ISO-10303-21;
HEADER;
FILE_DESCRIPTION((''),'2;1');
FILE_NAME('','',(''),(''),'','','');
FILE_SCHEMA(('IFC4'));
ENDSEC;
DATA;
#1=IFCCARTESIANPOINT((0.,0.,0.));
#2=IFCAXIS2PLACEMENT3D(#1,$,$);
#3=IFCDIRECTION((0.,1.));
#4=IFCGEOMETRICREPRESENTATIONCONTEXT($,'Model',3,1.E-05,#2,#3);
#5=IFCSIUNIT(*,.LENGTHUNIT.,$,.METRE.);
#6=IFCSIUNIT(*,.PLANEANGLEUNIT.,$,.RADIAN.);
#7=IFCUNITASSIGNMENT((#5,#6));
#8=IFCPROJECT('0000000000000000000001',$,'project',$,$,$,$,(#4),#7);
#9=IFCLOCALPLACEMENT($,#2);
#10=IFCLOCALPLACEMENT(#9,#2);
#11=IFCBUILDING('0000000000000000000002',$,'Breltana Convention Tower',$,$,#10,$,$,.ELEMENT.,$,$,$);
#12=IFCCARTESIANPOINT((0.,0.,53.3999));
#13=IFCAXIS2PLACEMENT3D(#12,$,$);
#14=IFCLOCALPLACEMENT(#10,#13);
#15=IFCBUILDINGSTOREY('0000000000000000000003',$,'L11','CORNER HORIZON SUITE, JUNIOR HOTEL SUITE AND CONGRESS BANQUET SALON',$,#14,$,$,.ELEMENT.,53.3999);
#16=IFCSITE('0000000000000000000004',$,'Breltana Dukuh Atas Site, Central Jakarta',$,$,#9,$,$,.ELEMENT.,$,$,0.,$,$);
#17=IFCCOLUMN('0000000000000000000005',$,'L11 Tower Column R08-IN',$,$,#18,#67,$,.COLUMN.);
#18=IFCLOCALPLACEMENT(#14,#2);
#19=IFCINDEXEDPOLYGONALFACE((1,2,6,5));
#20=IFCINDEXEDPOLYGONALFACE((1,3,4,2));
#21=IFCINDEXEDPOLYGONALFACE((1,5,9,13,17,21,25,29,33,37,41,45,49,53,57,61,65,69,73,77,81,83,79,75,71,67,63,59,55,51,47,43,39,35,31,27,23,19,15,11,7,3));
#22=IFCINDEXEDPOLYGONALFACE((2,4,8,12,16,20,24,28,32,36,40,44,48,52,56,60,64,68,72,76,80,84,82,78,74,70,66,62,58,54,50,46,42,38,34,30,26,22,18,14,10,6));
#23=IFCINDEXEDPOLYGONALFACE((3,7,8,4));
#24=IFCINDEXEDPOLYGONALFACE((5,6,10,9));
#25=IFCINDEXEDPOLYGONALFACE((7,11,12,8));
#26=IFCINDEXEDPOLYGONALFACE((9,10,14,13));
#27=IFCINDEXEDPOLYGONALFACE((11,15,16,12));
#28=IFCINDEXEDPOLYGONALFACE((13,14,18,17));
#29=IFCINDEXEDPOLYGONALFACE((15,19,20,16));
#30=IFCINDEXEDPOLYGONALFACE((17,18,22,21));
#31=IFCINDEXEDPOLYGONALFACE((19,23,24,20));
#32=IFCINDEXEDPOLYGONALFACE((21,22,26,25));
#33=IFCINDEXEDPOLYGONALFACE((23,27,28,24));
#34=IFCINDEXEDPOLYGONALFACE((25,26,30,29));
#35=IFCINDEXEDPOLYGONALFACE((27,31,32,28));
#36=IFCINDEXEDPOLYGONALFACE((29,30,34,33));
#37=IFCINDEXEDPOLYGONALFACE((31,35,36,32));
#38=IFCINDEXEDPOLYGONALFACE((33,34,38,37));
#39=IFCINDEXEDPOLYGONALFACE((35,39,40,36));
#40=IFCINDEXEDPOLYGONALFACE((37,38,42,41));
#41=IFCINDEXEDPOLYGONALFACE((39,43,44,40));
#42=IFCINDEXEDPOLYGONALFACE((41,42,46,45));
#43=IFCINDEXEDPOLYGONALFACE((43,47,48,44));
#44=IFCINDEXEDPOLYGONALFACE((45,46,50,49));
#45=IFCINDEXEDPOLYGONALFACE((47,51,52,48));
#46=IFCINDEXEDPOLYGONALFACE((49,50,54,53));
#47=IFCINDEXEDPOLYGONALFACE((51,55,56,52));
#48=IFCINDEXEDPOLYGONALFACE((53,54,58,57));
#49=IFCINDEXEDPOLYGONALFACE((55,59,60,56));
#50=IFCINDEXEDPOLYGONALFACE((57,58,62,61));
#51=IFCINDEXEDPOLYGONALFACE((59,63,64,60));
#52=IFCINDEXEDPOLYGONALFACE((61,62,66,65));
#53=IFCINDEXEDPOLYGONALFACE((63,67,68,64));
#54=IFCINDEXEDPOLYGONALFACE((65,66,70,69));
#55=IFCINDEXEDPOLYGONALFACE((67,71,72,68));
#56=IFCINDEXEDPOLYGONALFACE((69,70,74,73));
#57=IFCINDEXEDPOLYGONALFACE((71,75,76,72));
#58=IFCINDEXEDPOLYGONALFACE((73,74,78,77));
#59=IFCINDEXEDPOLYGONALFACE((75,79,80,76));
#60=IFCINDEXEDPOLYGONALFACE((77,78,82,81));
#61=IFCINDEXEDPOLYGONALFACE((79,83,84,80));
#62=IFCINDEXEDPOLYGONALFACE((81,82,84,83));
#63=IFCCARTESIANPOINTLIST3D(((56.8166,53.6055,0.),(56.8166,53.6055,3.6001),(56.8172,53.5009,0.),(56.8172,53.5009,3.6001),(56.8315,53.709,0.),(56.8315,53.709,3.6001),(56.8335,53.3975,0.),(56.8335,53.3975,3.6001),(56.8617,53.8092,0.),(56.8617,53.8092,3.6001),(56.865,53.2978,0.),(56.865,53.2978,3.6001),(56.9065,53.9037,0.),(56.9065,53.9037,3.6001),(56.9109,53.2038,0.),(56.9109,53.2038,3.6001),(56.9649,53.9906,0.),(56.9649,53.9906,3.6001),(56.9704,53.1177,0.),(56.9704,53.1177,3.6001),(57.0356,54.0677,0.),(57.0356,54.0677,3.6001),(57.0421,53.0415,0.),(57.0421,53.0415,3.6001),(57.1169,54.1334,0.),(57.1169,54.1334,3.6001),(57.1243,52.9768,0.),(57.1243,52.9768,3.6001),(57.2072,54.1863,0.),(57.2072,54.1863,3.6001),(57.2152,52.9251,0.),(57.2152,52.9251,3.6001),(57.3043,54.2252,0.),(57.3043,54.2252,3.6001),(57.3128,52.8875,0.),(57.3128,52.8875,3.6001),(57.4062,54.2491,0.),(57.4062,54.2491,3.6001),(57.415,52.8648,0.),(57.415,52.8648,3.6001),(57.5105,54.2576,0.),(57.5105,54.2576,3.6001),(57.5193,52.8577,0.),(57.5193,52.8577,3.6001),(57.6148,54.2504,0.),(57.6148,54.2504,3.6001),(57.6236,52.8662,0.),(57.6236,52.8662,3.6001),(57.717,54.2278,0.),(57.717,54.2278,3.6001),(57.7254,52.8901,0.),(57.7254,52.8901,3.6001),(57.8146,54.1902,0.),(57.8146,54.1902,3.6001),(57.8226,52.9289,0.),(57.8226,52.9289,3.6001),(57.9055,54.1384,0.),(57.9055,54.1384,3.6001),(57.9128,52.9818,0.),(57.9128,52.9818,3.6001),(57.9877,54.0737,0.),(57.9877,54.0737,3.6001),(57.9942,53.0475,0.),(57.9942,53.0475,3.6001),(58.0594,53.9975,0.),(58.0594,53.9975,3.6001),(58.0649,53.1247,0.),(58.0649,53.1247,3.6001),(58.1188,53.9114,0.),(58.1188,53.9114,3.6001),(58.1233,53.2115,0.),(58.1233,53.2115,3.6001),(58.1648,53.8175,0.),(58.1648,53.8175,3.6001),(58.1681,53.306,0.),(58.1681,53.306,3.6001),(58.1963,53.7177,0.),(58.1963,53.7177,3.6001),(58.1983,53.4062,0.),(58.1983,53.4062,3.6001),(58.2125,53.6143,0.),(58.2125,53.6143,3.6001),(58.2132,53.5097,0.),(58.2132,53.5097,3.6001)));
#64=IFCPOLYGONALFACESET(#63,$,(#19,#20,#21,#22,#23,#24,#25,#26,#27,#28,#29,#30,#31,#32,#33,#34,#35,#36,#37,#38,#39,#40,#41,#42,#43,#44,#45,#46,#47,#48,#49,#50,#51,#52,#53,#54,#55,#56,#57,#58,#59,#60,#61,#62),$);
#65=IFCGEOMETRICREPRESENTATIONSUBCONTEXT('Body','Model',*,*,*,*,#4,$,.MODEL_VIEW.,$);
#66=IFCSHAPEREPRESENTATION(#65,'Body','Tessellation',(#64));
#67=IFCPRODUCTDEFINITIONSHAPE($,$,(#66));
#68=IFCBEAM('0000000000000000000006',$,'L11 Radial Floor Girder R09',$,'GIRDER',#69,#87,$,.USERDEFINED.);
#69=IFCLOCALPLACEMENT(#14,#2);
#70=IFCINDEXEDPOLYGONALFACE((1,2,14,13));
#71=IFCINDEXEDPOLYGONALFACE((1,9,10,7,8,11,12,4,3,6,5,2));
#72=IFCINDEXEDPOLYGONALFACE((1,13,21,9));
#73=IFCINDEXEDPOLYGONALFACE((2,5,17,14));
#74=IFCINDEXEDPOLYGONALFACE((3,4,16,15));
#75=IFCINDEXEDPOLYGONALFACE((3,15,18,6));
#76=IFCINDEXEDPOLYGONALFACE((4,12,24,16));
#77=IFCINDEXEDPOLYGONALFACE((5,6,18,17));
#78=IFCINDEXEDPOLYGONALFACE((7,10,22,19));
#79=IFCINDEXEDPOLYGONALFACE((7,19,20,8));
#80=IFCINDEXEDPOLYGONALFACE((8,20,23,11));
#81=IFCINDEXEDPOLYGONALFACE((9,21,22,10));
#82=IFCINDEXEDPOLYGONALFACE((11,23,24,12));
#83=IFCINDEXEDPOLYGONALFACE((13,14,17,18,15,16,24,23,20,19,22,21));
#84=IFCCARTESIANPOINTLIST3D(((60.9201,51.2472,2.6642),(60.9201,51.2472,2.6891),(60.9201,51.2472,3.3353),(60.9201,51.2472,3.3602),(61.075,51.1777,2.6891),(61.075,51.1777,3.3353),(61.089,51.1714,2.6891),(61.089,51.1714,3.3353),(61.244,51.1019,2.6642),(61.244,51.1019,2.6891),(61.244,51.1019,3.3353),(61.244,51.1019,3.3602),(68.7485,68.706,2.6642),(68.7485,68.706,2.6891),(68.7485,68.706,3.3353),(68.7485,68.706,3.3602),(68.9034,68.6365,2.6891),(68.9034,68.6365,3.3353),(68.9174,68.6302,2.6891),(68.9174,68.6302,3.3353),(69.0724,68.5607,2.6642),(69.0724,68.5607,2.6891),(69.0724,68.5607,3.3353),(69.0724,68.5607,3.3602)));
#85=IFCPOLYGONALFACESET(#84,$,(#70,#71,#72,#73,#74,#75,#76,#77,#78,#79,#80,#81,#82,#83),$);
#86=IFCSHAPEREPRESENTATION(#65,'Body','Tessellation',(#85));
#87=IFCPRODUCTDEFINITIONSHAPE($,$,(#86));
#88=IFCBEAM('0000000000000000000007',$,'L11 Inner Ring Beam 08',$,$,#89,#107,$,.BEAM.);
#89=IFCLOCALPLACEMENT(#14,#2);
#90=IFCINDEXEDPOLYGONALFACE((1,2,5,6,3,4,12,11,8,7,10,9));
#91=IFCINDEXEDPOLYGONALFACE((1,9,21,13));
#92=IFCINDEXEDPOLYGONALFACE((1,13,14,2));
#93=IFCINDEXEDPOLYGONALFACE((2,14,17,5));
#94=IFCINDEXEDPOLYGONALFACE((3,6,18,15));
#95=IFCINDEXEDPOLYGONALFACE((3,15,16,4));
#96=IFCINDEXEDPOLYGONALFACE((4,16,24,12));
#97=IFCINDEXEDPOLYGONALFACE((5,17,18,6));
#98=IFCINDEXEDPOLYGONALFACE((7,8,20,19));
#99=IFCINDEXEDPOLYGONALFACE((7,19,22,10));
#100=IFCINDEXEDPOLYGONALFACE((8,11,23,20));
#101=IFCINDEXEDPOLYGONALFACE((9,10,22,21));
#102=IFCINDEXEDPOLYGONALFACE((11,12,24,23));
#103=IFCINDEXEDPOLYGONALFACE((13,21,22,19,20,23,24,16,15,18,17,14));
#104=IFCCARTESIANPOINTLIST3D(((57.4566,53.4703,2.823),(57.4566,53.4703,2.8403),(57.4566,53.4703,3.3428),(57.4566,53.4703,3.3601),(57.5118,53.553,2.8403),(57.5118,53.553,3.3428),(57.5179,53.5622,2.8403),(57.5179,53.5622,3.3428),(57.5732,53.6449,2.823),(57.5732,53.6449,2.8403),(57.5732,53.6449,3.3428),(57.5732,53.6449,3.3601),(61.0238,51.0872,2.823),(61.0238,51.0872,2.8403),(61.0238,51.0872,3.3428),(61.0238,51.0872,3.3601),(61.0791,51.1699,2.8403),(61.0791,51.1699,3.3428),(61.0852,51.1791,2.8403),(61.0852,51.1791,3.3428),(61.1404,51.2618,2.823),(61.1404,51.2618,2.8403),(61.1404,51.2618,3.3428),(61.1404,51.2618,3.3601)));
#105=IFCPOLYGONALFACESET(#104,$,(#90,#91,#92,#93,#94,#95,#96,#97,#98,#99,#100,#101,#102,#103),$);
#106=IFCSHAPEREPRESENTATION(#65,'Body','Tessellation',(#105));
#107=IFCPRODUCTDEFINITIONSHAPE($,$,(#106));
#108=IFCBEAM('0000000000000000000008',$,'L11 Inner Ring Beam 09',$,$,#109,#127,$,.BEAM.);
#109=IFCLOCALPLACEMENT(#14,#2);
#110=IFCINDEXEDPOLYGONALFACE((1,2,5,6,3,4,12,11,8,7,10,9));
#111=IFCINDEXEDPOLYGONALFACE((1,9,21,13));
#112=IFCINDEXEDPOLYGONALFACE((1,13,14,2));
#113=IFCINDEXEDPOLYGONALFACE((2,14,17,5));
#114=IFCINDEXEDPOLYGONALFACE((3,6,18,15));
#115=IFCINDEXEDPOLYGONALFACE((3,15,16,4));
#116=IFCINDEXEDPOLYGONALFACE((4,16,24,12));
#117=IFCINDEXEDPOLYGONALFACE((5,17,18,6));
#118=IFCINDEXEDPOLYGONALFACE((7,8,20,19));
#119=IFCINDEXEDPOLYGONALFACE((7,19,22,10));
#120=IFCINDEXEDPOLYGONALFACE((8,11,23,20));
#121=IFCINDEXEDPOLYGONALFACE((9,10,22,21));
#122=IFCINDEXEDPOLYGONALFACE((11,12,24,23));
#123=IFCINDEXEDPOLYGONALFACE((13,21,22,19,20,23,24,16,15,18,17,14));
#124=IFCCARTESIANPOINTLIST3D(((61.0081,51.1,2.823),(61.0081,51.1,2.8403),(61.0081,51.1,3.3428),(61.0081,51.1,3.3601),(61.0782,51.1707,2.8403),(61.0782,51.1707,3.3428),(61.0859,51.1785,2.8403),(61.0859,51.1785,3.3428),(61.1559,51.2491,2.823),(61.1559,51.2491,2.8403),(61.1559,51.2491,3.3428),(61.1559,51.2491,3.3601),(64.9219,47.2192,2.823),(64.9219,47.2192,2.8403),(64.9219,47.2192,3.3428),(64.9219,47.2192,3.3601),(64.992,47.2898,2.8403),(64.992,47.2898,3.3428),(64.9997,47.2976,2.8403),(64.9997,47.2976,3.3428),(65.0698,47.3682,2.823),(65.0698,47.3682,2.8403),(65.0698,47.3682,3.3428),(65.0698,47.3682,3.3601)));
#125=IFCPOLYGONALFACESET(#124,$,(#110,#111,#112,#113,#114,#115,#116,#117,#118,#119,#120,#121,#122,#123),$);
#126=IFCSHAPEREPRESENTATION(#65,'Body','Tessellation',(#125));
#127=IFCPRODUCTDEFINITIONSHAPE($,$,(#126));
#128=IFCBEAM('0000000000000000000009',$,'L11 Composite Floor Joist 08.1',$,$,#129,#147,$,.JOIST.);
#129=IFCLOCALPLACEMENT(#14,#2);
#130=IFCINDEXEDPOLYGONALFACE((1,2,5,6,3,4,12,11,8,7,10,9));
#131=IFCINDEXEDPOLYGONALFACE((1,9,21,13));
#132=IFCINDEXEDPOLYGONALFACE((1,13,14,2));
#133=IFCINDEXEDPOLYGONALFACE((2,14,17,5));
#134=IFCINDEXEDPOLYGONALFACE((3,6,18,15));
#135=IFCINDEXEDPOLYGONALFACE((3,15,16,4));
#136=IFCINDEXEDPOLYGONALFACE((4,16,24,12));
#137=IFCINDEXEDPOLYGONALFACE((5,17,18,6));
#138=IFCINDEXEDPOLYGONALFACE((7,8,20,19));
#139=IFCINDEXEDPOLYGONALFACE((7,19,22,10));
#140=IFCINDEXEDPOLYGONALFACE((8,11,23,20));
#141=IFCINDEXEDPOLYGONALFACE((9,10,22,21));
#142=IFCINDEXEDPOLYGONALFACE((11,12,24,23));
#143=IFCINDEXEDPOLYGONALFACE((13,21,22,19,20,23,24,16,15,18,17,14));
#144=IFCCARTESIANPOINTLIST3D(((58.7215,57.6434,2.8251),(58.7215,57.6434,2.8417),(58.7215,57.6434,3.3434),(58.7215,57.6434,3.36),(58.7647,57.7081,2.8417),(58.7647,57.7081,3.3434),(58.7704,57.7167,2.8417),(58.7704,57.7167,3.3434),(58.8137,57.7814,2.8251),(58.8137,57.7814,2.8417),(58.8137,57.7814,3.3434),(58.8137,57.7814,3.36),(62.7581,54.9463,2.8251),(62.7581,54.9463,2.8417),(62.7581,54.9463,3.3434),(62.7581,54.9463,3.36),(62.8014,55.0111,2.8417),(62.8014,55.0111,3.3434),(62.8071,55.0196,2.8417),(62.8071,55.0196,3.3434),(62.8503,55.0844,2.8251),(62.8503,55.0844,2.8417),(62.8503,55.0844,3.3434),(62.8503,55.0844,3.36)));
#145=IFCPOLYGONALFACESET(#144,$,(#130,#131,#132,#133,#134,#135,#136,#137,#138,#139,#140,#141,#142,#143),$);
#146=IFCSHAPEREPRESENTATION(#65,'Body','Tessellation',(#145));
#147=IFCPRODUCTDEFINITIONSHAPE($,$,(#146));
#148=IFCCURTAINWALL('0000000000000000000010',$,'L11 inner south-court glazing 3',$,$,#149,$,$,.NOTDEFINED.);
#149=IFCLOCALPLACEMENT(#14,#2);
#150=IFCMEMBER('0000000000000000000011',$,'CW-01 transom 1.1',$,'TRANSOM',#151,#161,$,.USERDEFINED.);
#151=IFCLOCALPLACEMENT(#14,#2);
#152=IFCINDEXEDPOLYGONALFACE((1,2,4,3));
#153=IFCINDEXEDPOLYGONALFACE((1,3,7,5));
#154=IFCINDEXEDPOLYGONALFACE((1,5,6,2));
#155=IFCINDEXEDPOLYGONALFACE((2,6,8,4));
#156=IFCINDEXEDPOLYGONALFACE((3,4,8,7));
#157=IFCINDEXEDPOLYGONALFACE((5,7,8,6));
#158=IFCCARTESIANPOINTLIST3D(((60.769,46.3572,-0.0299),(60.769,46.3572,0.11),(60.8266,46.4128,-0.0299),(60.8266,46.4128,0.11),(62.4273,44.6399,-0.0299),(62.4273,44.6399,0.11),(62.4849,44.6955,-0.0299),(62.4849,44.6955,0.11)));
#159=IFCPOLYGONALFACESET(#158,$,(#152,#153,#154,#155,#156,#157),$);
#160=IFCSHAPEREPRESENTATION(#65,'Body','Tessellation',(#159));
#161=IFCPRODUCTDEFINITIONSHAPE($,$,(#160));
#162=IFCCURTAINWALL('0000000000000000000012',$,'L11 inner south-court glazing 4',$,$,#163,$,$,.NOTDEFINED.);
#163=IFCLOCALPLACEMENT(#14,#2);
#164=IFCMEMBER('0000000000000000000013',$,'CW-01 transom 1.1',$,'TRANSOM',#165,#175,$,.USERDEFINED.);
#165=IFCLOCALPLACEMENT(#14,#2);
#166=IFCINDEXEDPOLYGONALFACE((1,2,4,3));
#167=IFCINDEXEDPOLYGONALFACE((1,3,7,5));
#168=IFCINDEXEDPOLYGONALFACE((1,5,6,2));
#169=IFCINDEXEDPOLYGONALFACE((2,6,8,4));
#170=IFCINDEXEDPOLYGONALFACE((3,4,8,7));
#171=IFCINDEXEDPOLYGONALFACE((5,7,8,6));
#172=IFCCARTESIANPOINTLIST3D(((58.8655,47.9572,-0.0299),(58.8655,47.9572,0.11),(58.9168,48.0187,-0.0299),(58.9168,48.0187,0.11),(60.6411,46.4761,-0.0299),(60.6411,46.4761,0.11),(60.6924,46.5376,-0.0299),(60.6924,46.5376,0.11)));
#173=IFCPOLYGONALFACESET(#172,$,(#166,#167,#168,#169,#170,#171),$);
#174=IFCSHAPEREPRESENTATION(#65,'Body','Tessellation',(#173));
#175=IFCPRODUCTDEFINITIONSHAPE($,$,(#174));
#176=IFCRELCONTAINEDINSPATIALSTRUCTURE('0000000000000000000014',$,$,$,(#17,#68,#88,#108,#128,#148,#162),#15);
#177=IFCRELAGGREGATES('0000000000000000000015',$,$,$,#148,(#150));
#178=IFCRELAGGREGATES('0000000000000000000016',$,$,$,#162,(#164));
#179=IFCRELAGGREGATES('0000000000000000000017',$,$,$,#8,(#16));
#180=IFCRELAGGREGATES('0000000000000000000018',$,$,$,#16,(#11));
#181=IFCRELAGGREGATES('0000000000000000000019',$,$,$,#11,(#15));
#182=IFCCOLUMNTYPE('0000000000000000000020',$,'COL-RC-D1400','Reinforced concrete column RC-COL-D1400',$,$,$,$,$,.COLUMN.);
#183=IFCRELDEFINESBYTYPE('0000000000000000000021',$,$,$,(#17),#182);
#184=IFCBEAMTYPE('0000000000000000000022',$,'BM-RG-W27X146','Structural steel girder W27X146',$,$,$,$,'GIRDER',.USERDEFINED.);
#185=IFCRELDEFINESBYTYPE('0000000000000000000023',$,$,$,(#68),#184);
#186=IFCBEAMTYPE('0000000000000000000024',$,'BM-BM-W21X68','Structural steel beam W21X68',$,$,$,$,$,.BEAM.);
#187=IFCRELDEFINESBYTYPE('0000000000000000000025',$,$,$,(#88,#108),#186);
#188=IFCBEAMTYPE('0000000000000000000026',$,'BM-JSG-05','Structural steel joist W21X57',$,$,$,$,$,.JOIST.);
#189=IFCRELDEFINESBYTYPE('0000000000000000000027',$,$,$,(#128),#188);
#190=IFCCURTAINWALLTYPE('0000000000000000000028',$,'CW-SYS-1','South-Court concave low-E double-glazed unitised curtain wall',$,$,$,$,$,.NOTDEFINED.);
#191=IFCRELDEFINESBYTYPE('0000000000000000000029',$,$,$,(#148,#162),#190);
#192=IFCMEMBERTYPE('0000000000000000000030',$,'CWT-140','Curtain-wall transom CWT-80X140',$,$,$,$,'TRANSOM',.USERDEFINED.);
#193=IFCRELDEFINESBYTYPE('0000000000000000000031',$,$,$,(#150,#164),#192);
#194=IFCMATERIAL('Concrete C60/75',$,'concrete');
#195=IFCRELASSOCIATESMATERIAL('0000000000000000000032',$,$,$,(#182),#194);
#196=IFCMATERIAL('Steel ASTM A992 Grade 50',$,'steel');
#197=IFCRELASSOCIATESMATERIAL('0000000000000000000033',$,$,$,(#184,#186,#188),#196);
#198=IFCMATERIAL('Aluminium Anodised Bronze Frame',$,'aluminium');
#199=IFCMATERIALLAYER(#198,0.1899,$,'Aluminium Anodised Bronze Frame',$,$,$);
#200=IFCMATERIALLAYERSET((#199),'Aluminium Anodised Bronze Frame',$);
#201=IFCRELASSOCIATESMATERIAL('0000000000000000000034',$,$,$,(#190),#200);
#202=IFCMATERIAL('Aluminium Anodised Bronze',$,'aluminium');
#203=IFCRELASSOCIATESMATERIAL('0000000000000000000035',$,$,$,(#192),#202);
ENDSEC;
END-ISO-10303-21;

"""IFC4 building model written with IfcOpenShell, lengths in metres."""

from ifc_helpers import new_model, si_unit, direction, frame, origin, origin_2d, place, context, subcontext, project, spatial, rectangle, circle, i_section, extrude, source, transform, mapped, material, layer, layer_set, material_profile, profile_set, type_object, type_shapes, element, aggregate, save


model = new_model("IFC4")

# Units and contexts
model_context = context("Model", 3, precision=1e-05, world=origin(), true_north=direction((0.0, 1.0)))
body_context = subcontext(model_context, "Body", "Model", "MODEL_VIEW")
ifc_project = project(units=[si_unit("LENGTHUNIT", "METRE"), si_unit("PLANEANGLEUNIT", "RADIAN")], contexts=[model_context])

# Site, building, storey
site_placement = place(None, origin())
site = spatial("IfcSite", under=ifc_project, at=site_placement, Name="Breltana Dukuh Atas Site, Central Jakarta", CompositionType="ELEMENT", RefElevation=0.0)
building_placement = place(site_placement, origin())
building = spatial("IfcBuilding", under=site, at=building_placement, Name="Breltana Convention Tower", CompositionType="ELEMENT")
storey_placement = place(building_placement, frame((0.0, 0.0, 53.3999)))
storey = spatial("IfcBuildingStorey", under=building, at=storey_placement, Name="L11", Description="CORNER HORIZON SUITE, JUNIOR HOTEL SUITE AND CONGRESS BANQUET SALON", CompositionType="ELEMENT", Elevation=53.3999)

# Column
ifc_material_1 = material(Name="Concrete C60/75", Category="concrete")
ifc_material_profile_1 = material_profile(ifc_material_1, circle(Radius=0.7, at=origin_2d()), Name="RC-COL-D1400")
ifc_profile_set_1 = profile_set([ifc_material_profile_1], Name="Concrete C60/75")
column_type = type_object("IfcColumnType", Name="COL-RC-D1400", Description="Reinforced concrete column RC-COL-D1400", PredefinedType="COLUMN", material=ifc_profile_set_1)
shared_shape_1 = source(origin(), body_context, "Body", "SweptSolid", [
    extrude(circle(Radius=0.7, at=origin_2d()), origin(), (0.0, 0.0, 1.0), 3.6001),
])
for number, where, z_axis, x_axis, name in (
    (1, (57.5149, 53.5576, 0.0), (0.0, 0.0, 1.0), (0.288698, 0.95742, 0.0), "L11 Tower Column R08-IN"),
):
    element("IfcColumn", number, at=place(storey_placement, frame(where, z_axis=z_axis, x_axis=x_axis)), inside=storey, type_object=column_type, Name=name, PredefinedType="COLUMN", context=body_context, shape_type="MappedRepresentation", body=[
        mapped(shared_shape_1, transform((0.0, 0.0, 0.0), scale=1.0)),
    ])

# Beams
ifc_material_2 = material(Name="Steel ASTM A992 Grade 50", Category="steel")
ifc_material_profile_2 = material_profile(ifc_material_2, i_section(OverallWidth=0.355, OverallDepth=0.696, WebThickness=0.0154, FlangeThickness=0.0249, at=origin_2d()), Name="W27X146")
ifc_profile_set_2 = profile_set([ifc_material_profile_2], Name="Steel ASTM A992 Grade 50")
beam_type_1 = type_object("IfcBeamType", Name="BM-RG-W27X146", Description="Structural steel girder W27X146", ElementType="GIRDER", PredefinedType="USERDEFINED", material=ifc_profile_set_2)
shared_shape_2 = source(origin(), body_context, "Body", "SweptSolid", [
    extrude(i_section(OverallWidth=0.355, OverallDepth=0.696, WebThickness=0.0154, FlangeThickness=0.0249, at=origin_2d()), origin(), (0.0, 0.0, 1.0), 19.1335),
])
beam_1_placement = place(storey_placement, frame((61.082, 51.1746, 3.0122), z_axis=(0.409145, 0.91247, 0.0), x_axis=(-0.91247, 0.409145, 0.0)))
element("IfcBeam", 2, at=beam_1_placement, inside=storey, type_object=beam_type_1, Name="L11 Radial Floor Girder R09", ObjectType="GIRDER", PredefinedType="USERDEFINED", context=body_context, shape_type="MappedRepresentation", body=[
    mapped(shared_shape_2, transform((0.0, 0.0, 0.0), scale=1.0)),
])
ifc_material_profile_3 = material_profile(ifc_material_2, i_section(OverallWidth=0.21, OverallDepth=0.5371, WebThickness=0.011, FlangeThickness=0.0173, at=origin_2d()), Name="W21X68")
ifc_profile_set_3 = profile_set([ifc_material_profile_3], Name="Steel ASTM A992 Grade 50")
beam_type_2 = type_object("IfcBeamType", Name="BM-BM-W21X68", Description="Structural steel beam W21X68", PredefinedType="BEAM", material=ifc_profile_set_3)
shared_shape_3 = source(origin(), body_context, "Body", "SweptSolid", [
    extrude(i_section(OverallWidth=0.21, OverallDepth=0.5371, WebThickness=0.011, FlangeThickness=0.0173, at=origin_2d()), origin(), (0.0, 0.0, 1.0), 4.29),
])
beam_2_placement = place(storey_placement, frame((57.5149, 53.5576, 3.0916), z_axis=(0.831516, -0.555501, 0.0), x_axis=(0.555501, 0.831516, 0.0)))
element("IfcBeam", 3, at=beam_2_placement, inside=storey, type_object=beam_type_2, Name="L11 Inner Ring Beam 08", PredefinedType="BEAM", context=body_context, shape_type="MappedRepresentation", body=[
    mapped(shared_shape_3, transform((0.0, 0.0, 0.0), scale=1.0)),
])
shared_shape_4 = source(origin(), body_context, "Body", "SweptSolid", [
    extrude(i_section(OverallWidth=0.21, OverallDepth=0.5371, WebThickness=0.011, FlangeThickness=0.0173, at=origin_2d()), origin(), (0.0, 0.0, 1.0), 5.5117),
])
beam_3_placement = place(storey_placement, frame((61.082, 51.1746, 3.0916), z_axis=(0.71009, -0.704111, 0.0), x_axis=(0.704111, 0.71009, 0.0)))
element("IfcBeam", 4, at=beam_3_placement, inside=storey, type_object=beam_type_2, Name="L11 Inner Ring Beam 09", PredefinedType="BEAM", context=body_context, shape_type="MappedRepresentation", body=[
    mapped(shared_shape_4, transform((0.0, 0.0, 0.0), scale=1.0)),
])
ifc_material_profile_4 = material_profile(ifc_material_2, i_section(OverallWidth=0.166, OverallDepth=0.5349, WebThickness=0.0103, FlangeThickness=0.0166, at=origin_2d()), Name="W21X57")
ifc_profile_set_4 = profile_set([ifc_material_profile_4], Name="Steel ASTM A992 Grade 50")
beam_type_3 = type_object("IfcBeamType", Name="BM-JSG-05", Description="Structural steel joist W21X57", PredefinedType="JOIST", material=ifc_profile_set_4)
shared_shape_5 = source(origin(), body_context, "Body", "SweptSolid", [
    extrude(i_section(OverallWidth=0.166, OverallDepth=0.5349, WebThickness=0.0103, FlangeThickness=0.0166, at=origin_2d()), origin(), (0.0, 0.0, 1.0), 4.8547),
])
beam_4_placement = place(storey_placement, frame((58.7676, 57.7124, 3.0925), z_axis=(0.831485, -0.555547, 0.0), x_axis=(0.555547, 0.831485, 0.0)))
element("IfcBeam", 5, at=beam_4_placement, inside=storey, type_object=beam_type_3, Name="L11 Composite Floor Joist 08.1", PredefinedType="JOIST", context=body_context, shape_type="MappedRepresentation", body=[
    mapped(shared_shape_5, transform((0.0, 0.0, 0.0), scale=1.0)),
])

# Curtain wall, member
ifc_material_3 = material(Name="Aluminium Anodised Bronze Frame", Category="aluminium")
ifc_layer_1 = layer(ifc_material_3, 0.1899, Name="Aluminium Anodised Bronze Frame")
ifc_layer_set_1 = layer_set([ifc_layer_1], Name="Aluminium Anodised Bronze Frame")
curtain_wall_type = type_object("IfcCurtainWallType", Name="CW-SYS-1", Description="South-Court concave low-E double-glazed unitised curtain wall", PredefinedType="NOTDEFINED", material=ifc_layer_set_1)
curtain_wall_1_placement = place(storey_placement, origin())
curtain_wall_1 = element("IfcCurtainWall", 6, at=curtain_wall_1_placement, inside=storey, type_object=curtain_wall_type, Name="L11 inner south-court glazing 3", PredefinedType="NOTDEFINED")
ifc_material_4 = material(Name="Aluminium Anodised Bronze", Category="aluminium")
ifc_material_profile_5 = material_profile(ifc_material_4, rectangle(XDim=0.0801, YDim=0.1399, at=origin_2d()), Name="CWT-80X140")
ifc_profile_set_5 = profile_set([ifc_material_profile_5], Name="Aluminium Anodised Bronze")
member_type_1 = type_object("IfcMemberType", Name="CWT-140", Description="Curtain-wall transom CWT-80X140", ElementType="TRANSOM", PredefinedType="USERDEFINED", material=ifc_profile_set_5)
shared_shape_6 = source(origin(), body_context, "Body", "SweptSolid", [
    extrude(rectangle(XDim=0.0801, YDim=0.1399, at=origin_2d()), origin(), (0.0, 0.0, 1.0), 2.3872),
])
type_shapes(member_type_1, [shared_shape_6])
member_1_placement = place(storey_placement, frame((62.4561, 44.6677, 0.04), z_axis=(-0.694624, 0.719373, 0.0), x_axis=(-0.719373, -0.694624, 0.0)))
member_1 = element("IfcMember", 7, at=member_1_placement, type_object=member_type_1, Name="CW-01 transom 1.1", ObjectType="TRANSOM", PredefinedType="USERDEFINED", context=body_context, shape_type="MappedRepresentation", body=[
    mapped(shared_shape_6, transform((0.0, 0.0, 0.0), scale=1.0)),
])

# Curtain wall, member
curtain_wall_2_placement = place(storey_placement, origin())
curtain_wall_2 = element("IfcCurtainWall", 8, at=curtain_wall_2_placement, inside=storey, type_object=curtain_wall_type, Name="L11 inner south-court glazing 4", PredefinedType="NOTDEFINED")
shared_shape_7 = source(origin(), body_context, "Body", "SweptSolid", [
    extrude(rectangle(XDim=0.0801, YDim=0.1399, at=origin_2d()), origin(), (0.0, 0.0, 1.0), 2.3123),
])
member_2_placement = place(storey_placement, frame((60.6667, 46.5068, 0.04), z_axis=(-0.767901, 0.640569, 0.0), x_axis=(-0.640569, -0.767901, 0.0)))
member_2 = element("IfcMember", 9, at=member_2_placement, type_object=member_type_1, Name="CW-01 transom 1.1", ObjectType="TRANSOM", PredefinedType="USERDEFINED", context=body_context, shape_type="MappedRepresentation", body=[
    mapped(shared_shape_7, transform((0.0, 0.0, 0.0), scale=1.0)),
])

aggregate(curtain_wall_1, [member_1])
aggregate(curtain_wall_2, [member_2])

save(model, "model.ifc")
